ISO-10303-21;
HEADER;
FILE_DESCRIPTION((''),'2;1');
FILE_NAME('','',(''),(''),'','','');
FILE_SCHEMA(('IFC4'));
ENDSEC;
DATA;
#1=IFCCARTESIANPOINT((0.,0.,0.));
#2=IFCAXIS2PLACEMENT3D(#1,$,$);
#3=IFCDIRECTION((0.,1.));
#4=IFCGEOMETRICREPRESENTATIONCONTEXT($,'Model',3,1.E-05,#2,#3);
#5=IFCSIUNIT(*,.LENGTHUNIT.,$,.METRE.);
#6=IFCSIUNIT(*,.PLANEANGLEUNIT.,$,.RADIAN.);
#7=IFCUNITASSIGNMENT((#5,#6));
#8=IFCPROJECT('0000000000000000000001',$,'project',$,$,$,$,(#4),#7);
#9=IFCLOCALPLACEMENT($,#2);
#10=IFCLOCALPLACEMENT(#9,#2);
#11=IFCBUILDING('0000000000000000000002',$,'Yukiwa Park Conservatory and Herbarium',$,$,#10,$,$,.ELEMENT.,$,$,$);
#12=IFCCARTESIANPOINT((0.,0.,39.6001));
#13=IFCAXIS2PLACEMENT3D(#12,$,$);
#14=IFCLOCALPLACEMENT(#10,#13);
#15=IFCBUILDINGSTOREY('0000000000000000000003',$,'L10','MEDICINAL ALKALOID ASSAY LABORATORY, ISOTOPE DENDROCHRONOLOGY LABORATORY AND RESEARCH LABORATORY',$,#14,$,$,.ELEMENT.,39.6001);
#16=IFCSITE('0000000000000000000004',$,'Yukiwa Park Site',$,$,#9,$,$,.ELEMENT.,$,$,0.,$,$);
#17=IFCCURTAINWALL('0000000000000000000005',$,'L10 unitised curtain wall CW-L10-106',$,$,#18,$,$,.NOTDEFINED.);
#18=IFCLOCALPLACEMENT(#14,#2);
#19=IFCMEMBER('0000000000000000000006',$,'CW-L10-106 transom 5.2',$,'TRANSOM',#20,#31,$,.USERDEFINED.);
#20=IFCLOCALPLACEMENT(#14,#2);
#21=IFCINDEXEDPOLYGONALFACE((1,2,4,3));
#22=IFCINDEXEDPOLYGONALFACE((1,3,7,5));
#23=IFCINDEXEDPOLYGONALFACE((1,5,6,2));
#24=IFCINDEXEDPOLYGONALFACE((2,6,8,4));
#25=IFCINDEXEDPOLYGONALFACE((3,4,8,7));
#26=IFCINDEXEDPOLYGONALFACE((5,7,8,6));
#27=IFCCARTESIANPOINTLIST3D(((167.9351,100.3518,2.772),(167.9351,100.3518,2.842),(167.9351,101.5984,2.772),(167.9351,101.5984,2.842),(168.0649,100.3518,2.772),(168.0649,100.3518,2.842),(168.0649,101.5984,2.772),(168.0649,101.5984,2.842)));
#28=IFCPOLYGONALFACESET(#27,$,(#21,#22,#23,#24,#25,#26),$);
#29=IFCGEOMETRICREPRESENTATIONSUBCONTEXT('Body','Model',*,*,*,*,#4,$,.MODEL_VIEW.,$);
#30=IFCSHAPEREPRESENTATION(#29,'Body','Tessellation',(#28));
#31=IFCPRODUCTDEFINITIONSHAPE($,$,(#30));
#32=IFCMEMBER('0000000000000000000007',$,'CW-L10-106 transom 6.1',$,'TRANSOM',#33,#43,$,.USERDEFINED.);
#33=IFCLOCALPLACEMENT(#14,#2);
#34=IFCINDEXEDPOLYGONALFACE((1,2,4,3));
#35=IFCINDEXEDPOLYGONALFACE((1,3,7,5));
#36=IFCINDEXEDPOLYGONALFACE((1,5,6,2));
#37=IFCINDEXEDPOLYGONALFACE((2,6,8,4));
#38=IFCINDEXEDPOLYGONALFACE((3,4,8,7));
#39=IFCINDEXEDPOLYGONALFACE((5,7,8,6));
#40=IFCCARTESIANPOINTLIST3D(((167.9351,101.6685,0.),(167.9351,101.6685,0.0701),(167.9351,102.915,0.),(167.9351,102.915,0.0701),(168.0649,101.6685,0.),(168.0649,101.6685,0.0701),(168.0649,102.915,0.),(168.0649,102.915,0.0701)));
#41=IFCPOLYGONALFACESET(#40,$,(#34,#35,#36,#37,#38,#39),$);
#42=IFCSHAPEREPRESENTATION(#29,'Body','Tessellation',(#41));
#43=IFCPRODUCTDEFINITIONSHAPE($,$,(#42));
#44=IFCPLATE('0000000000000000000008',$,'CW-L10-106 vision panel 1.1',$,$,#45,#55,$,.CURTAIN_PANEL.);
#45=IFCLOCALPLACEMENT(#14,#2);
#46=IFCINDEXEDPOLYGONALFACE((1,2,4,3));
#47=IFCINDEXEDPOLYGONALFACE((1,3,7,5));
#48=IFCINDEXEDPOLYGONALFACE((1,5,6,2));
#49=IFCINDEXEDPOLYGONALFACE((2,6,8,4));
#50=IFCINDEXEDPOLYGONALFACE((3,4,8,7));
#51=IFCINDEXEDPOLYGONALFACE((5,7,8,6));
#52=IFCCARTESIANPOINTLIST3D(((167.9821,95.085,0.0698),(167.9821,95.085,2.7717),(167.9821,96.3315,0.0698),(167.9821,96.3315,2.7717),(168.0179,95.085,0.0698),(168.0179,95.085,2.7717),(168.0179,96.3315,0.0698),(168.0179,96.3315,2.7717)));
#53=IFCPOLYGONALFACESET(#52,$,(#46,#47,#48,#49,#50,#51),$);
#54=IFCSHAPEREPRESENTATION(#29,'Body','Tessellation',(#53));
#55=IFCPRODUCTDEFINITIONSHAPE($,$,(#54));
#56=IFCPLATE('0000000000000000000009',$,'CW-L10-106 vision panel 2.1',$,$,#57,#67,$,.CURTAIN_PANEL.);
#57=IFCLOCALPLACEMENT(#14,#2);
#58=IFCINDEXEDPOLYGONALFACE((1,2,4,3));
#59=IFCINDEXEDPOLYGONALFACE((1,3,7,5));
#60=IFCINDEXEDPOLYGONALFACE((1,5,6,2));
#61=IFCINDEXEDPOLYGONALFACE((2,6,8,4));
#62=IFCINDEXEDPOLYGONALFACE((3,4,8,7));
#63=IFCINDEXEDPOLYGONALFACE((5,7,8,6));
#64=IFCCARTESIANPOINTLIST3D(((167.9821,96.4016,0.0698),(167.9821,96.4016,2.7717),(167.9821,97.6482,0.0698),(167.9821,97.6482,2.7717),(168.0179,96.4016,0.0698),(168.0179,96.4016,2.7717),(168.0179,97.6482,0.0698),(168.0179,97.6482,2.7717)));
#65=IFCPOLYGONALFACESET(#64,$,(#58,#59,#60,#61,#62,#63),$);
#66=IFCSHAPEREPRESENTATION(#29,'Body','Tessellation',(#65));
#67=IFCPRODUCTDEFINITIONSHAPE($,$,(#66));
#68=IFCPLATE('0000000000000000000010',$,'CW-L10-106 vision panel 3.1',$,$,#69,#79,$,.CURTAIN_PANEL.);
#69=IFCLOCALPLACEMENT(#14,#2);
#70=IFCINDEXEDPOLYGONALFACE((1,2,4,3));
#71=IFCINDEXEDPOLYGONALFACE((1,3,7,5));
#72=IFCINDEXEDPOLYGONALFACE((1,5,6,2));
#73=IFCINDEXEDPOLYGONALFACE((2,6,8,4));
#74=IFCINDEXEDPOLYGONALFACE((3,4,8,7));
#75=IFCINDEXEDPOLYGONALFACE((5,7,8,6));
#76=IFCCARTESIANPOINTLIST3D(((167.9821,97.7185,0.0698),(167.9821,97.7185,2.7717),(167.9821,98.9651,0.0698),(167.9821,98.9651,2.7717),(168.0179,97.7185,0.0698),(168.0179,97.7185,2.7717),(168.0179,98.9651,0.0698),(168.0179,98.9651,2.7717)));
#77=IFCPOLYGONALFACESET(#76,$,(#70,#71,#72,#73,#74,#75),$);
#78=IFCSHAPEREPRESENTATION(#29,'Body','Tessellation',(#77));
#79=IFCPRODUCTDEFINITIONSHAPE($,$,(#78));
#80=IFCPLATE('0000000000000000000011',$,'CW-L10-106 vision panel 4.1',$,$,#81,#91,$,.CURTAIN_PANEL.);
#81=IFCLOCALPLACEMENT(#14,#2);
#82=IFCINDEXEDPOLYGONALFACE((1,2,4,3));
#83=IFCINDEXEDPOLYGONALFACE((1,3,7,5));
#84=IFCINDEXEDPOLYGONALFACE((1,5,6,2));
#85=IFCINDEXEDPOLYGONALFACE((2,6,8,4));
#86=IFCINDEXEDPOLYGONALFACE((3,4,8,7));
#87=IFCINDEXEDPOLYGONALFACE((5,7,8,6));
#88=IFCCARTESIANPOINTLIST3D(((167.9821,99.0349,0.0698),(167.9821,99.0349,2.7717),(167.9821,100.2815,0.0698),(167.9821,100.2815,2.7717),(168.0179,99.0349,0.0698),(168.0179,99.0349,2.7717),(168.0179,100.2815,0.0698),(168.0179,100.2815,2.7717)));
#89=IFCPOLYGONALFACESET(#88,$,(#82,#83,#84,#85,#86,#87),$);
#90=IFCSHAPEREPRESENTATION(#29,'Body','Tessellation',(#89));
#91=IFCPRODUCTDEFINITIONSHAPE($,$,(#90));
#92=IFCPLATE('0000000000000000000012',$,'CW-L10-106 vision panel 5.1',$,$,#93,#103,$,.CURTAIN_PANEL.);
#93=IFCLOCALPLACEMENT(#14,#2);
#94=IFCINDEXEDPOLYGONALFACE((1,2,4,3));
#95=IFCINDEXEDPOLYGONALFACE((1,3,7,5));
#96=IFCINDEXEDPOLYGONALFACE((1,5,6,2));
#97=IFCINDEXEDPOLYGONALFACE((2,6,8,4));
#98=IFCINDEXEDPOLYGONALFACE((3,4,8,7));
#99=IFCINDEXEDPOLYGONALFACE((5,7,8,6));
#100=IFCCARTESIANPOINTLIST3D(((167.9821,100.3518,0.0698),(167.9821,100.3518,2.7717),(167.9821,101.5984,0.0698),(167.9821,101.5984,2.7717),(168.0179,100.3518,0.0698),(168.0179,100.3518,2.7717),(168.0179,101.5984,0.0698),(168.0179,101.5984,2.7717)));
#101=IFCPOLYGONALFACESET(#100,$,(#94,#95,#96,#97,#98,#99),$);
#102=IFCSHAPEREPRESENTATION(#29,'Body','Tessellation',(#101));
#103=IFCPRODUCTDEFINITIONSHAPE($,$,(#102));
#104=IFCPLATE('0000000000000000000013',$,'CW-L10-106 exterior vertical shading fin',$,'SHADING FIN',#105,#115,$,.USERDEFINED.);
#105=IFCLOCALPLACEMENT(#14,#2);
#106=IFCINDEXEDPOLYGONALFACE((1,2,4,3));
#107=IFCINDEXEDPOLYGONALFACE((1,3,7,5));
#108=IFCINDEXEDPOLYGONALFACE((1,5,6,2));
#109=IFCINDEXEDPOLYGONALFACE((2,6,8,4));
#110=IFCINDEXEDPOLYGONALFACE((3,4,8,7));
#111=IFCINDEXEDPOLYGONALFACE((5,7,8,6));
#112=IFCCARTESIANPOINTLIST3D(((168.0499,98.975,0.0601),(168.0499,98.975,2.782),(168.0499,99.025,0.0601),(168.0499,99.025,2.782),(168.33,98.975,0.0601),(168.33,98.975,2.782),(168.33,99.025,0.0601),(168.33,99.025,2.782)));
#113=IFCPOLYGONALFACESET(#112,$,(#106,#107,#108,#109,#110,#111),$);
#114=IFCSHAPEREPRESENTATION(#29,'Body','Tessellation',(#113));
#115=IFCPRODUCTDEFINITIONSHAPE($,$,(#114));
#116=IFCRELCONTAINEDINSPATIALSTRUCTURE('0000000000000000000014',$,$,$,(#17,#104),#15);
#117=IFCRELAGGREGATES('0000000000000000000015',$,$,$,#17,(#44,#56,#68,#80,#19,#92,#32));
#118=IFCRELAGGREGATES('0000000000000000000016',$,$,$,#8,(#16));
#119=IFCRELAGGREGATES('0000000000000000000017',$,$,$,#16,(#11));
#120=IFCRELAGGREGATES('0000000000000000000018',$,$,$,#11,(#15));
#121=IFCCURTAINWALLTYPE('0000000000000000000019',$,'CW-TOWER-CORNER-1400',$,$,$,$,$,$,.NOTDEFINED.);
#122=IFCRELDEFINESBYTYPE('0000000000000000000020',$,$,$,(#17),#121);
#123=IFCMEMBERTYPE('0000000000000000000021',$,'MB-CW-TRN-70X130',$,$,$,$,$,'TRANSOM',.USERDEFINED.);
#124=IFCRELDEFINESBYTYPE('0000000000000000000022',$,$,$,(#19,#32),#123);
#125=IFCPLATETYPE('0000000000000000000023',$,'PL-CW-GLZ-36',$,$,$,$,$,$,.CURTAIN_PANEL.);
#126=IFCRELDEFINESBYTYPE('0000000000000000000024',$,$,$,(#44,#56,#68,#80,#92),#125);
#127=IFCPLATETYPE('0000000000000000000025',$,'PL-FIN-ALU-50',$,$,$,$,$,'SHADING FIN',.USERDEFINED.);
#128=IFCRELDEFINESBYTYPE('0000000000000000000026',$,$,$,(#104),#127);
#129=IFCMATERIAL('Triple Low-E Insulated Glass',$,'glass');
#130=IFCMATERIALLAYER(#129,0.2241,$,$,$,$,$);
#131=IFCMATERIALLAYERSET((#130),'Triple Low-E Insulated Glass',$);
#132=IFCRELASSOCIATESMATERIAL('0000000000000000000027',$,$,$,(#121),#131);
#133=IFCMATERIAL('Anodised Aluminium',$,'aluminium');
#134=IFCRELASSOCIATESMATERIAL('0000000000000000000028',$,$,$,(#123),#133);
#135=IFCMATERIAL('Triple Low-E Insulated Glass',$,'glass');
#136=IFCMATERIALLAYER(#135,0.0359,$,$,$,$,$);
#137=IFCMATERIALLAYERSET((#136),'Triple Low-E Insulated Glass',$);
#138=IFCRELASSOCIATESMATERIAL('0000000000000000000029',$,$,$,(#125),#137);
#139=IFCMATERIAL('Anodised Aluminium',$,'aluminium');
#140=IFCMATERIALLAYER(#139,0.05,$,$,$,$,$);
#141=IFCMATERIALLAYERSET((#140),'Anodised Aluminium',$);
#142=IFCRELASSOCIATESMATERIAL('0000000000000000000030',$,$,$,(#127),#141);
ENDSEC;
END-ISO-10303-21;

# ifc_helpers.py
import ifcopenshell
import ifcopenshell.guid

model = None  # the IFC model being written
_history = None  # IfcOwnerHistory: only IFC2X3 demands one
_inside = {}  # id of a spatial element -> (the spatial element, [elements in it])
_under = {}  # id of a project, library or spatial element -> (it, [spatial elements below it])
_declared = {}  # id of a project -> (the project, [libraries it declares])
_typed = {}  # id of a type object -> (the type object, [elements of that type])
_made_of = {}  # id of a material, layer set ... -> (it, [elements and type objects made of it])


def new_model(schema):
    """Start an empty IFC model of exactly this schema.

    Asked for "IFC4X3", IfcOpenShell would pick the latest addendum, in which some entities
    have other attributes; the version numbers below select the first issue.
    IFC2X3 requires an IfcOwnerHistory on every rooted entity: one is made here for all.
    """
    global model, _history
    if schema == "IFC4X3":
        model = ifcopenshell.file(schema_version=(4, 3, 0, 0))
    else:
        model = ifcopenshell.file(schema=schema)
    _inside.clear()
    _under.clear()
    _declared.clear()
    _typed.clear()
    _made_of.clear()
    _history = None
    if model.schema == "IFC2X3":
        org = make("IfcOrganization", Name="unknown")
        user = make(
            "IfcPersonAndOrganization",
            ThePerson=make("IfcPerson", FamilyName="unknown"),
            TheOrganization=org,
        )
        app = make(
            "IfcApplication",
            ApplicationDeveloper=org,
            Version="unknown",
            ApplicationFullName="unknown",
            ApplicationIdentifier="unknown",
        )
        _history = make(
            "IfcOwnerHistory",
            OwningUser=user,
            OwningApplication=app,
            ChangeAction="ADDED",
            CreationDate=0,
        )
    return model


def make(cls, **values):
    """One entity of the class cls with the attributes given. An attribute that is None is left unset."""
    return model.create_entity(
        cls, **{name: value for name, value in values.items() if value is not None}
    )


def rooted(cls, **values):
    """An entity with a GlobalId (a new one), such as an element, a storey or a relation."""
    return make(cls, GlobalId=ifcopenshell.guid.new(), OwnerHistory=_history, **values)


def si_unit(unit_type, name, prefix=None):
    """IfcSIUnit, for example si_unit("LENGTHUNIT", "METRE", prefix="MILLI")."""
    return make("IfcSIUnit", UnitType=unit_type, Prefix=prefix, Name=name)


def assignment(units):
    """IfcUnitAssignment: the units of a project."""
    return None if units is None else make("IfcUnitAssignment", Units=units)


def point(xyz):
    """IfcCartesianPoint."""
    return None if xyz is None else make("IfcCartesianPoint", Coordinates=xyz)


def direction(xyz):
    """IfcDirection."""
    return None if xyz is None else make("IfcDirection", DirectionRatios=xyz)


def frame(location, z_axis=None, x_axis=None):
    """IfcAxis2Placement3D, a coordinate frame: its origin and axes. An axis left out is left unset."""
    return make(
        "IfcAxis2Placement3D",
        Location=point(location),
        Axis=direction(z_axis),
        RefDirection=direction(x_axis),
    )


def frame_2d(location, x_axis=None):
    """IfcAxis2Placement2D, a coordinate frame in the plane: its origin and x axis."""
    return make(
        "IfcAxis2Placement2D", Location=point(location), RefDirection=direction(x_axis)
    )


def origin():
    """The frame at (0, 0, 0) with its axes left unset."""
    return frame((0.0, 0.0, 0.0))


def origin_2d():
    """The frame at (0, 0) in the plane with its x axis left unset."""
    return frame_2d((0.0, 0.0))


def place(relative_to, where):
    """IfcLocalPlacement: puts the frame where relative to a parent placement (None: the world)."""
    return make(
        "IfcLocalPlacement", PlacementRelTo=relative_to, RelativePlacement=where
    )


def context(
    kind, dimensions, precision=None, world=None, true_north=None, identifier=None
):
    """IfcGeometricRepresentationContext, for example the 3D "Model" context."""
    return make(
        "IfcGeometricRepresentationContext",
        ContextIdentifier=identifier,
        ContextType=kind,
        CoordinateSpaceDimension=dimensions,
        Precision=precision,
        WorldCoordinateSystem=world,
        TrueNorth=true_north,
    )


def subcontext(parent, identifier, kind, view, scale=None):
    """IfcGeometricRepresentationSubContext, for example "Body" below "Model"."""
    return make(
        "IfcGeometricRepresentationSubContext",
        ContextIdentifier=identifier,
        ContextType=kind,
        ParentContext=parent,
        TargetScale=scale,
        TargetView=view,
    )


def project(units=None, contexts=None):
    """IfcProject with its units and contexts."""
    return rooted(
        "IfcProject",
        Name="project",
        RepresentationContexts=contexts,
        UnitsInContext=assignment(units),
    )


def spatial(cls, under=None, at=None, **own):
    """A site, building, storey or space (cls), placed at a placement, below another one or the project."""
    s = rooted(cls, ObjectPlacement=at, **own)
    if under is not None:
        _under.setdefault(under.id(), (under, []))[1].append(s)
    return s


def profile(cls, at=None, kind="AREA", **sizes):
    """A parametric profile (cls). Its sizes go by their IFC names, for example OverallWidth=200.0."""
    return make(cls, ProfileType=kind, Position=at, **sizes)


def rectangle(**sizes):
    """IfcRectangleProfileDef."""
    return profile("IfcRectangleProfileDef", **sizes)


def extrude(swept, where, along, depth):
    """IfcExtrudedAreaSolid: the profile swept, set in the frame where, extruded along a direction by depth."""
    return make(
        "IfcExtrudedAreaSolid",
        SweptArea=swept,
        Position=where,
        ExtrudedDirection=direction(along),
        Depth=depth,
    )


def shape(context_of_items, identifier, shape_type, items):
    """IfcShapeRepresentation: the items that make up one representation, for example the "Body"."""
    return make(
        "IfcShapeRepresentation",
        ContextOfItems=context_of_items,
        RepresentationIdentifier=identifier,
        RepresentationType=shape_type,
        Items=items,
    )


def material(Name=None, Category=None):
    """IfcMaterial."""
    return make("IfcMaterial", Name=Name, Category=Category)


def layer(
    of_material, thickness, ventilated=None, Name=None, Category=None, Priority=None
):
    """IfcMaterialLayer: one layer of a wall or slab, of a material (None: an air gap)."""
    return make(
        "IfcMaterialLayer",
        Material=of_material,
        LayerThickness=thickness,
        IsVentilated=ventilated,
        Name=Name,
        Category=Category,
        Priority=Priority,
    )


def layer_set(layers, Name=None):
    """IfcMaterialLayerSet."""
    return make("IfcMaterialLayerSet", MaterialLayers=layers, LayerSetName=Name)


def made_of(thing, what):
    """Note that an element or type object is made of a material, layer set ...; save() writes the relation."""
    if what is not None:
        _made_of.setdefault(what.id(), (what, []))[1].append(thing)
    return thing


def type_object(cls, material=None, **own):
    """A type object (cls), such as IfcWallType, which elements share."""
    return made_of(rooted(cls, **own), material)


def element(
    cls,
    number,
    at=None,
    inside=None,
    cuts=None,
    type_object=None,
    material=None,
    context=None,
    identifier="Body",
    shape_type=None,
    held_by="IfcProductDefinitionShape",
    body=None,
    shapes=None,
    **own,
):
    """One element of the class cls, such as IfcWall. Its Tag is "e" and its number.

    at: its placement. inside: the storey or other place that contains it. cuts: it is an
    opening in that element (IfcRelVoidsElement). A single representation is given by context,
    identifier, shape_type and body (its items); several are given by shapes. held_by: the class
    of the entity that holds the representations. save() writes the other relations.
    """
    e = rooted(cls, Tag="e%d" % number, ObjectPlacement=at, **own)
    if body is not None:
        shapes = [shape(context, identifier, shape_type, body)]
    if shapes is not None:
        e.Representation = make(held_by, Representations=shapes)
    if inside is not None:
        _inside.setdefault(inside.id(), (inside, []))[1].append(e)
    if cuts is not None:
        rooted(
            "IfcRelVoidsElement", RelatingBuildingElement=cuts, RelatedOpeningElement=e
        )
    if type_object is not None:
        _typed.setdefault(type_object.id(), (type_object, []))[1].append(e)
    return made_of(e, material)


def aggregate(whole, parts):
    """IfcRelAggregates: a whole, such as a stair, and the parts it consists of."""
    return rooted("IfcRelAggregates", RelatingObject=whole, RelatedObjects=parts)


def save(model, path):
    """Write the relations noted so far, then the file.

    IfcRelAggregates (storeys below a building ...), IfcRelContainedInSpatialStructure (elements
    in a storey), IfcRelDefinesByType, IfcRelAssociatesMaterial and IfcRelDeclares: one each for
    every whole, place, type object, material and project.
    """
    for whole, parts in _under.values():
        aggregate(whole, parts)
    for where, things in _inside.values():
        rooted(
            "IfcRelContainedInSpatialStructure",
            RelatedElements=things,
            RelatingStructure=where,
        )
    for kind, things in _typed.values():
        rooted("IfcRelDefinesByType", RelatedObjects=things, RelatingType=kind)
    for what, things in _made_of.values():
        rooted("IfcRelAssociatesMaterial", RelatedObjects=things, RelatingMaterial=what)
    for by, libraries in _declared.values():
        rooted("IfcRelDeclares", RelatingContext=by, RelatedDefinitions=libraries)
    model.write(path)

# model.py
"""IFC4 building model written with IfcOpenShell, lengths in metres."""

from ifc_helpers import new_model, si_unit, direction, frame, origin, origin_2d, place, context, subcontext, project, spatial, rectangle, extrude, material, layer, layer_set, type_object, element, aggregate, save


model = new_model("IFC4")

# Units and contexts
model_context = context("Model", 3, precision=1e-05, world=origin(), true_north=direction((0.0, 1.0)))
body_context = subcontext(model_context, "Body", "Model", "MODEL_VIEW")
ifc_project = project(units=[si_unit("LENGTHUNIT", "METRE"), si_unit("PLANEANGLEUNIT", "RADIAN")], contexts=[model_context])

# Site, building, storey
site_placement = place(None, origin())
site = spatial("IfcSite", under=ifc_project, at=site_placement, Name="Yukiwa Park Site", CompositionType="ELEMENT", RefElevation=0.0)
building_placement = place(site_placement, origin())
building = spatial("IfcBuilding", under=site, at=building_placement, Name="Yukiwa Park Conservatory and Herbarium", CompositionType="ELEMENT")
storey_placement = place(building_placement, frame((0.0, 0.0, 39.6001)))
storey = spatial("IfcBuildingStorey", under=building, at=storey_placement, Name="L10", Description="MEDICINAL ALKALOID ASSAY LABORATORY, ISOTOPE DENDROCHRONOLOGY LABORATORY AND RESEARCH LABORATORY", CompositionType="ELEMENT", Elevation=39.6001)

# Curtain wall, members, plates
ifc_material_1 = material(Name="Triple Low-E Insulated Glass", Category="glass")
ifc_layer_1 = layer(ifc_material_1, 0.2241)
ifc_layer_set_1 = layer_set([ifc_layer_1], Name="Triple Low-E Insulated Glass")
curtain_wall_type = type_object("IfcCurtainWallType", Name="CW-TOWER-CORNER-1400", PredefinedType="NOTDEFINED", material=ifc_layer_set_1)
curtain_wall_placement = place(storey_placement, origin())
curtain_wall = element("IfcCurtainWall", 1, at=curtain_wall_placement, inside=storey, type_object=curtain_wall_type, Name="L10 unitised curtain wall CW-L10-106", PredefinedType="NOTDEFINED")
ifc_material_2 = material(Name="Anodised Aluminium", Category="aluminium")
member_type_1 = type_object("IfcMemberType", Name="MB-CW-TRN-70X130", ElementType="TRANSOM", PredefinedType="USERDEFINED", material=ifc_material_2)
member_1_placement = place(storey_placement, frame((168.0, 100.9751, 2.772), z_axis=(0.0, 0.0, 1.0), x_axis=(0.0, 1.0, 0.0)))
member_1 = element("IfcMember", 2, at=member_1_placement, type_object=member_type_1, Name="CW-L10-106 transom 5.2", ObjectType="TRANSOM", PredefinedType="USERDEFINED", context=body_context, shape_type="SweptSolid", body=[
    extrude(rectangle(XDim=1.2466, YDim=0.1299, at=origin_2d()), origin(), (0.0, 0.0, 1.0), 0.0701),
])
member_2_placement = place(storey_placement, frame((168.0, 102.2917, 0.0), z_axis=(0.0, 0.0, 1.0), x_axis=(0.0, 1.0, 0.0)))
member_2 = element("IfcMember", 3, at=member_2_placement, type_object=member_type_1, Name="CW-L10-106 transom 6.1", ObjectType="TRANSOM", PredefinedType="USERDEFINED", context=body_context, shape_type="SweptSolid", body=[
    extrude(rectangle(XDim=1.2466, YDim=0.1299, at=origin_2d()), origin(), (0.0, 0.0, 1.0), 0.0701),
])
ifc_material_3 = material(Name="Triple Low-E Insulated Glass", Category="glass")
ifc_layer_2 = layer(ifc_material_3, 0.0359)
ifc_layer_set_2 = layer_set([ifc_layer_2], Name="Triple Low-E Insulated Glass")
plate_type_1 = type_object("IfcPlateType", Name="PL-CW-GLZ-36", PredefinedType="CURTAIN_PANEL", material=ifc_layer_set_2)
plate_1_placement = place(storey_placement, frame((168.0, 95.7083, 0.0698), z_axis=(0.0, 0.0, 1.0), x_axis=(0.0, 1.0, 0.0)))
plate_1 = element("IfcPlate", 4, at=plate_1_placement, type_object=plate_type_1, Name="CW-L10-106 vision panel 1.1", PredefinedType="CURTAIN_PANEL", context=body_context, shape_type="SweptSolid", body=[
    extrude(rectangle(XDim=1.2466, YDim=0.0359, at=origin_2d()), origin(), (0.0, 0.0, 1.0), 2.7019),
])
plate_2_placement = place(storey_placement, frame((168.0, 97.0249, 0.0698), z_axis=(0.0, 0.0, 1.0), x_axis=(0.0, 1.0, 0.0)))
plate_2 = element("IfcPlate", 5, at=plate_2_placement, type_object=plate_type_1, Name="CW-L10-106 vision panel 2.1", PredefinedType="CURTAIN_PANEL", context=body_context, shape_type="SweptSolid", body=[
    extrude(rectangle(XDim=1.2466, YDim=0.0359, at=origin_2d()), origin(), (0.0, 0.0, 1.0), 2.7019),
])
plate_3_placement = place(storey_placement, frame((168.0, 98.3418, 0.0698), z_axis=(0.0, 0.0, 1.0), x_axis=(0.0, 1.0, 0.0)))
plate_3 = element("IfcPlate", 6, at=plate_3_placement, type_object=plate_type_1, Name="CW-L10-106 vision panel 3.1", PredefinedType="CURTAIN_PANEL", context=body_context, shape_type="SweptSolid", body=[
    extrude(rectangle(XDim=1.2466, YDim=0.0359, at=origin_2d()), origin(), (0.0, 0.0, 1.0), 2.7019),
])
plate_4_placement = place(storey_placement, frame((168.0, 99.6582, 0.0698), z_axis=(0.0, 0.0, 1.0), x_axis=(0.0, 1.0, 0.0)))
plate_4 = element("IfcPlate", 7, at=plate_4_placement, type_object=plate_type_1, Name="CW-L10-106 vision panel 4.1", PredefinedType="CURTAIN_PANEL", context=body_context, shape_type="SweptSolid", body=[
    extrude(rectangle(XDim=1.2466, YDim=0.0359, at=origin_2d()), origin(), (0.0, 0.0, 1.0), 2.7019),
])
plate_5_placement = place(storey_placement, frame((168.0, 100.9751, 0.0698), z_axis=(0.0, 0.0, 1.0), x_axis=(0.0, 1.0, 0.0)))
plate_5 = element("IfcPlate", 8, at=plate_5_placement, type_object=plate_type_1, Name="CW-L10-106 vision panel 5.1", PredefinedType="CURTAIN_PANEL", context=body_context, shape_type="SweptSolid", body=[
    extrude(rectangle(XDim=1.2466, YDim=0.0359, at=origin_2d()), origin(), (0.0, 0.0, 1.0), 2.7019),
])
aggregate(curtain_wall, [plate_1, plate_2, plate_3, plate_4, member_1, plate_5, member_2])

# Plate
ifc_material_4 = material(Name="Anodised Aluminium", Category="aluminium")
ifc_layer_3 = layer(ifc_material_4, 0.05)
ifc_layer_set_3 = layer_set([ifc_layer_3], Name="Anodised Aluminium")
plate_type_2 = type_object("IfcPlateType", Name="PL-FIN-ALU-50", ElementType="SHADING FIN", PredefinedType="USERDEFINED", material=ifc_layer_set_3)
plate_6_placement = place(storey_placement, frame((168.1899, 99.0, 0.0601), z_axis=(0.0, 0.0, 1.0), x_axis=(0.0, 1.0, 0.0)))
element("IfcPlate", 9, at=plate_6_placement, inside=storey, type_object=plate_type_2, Name="CW-L10-106 exterior vertical shading fin", ObjectType="SHADING FIN", PredefinedType="USERDEFINED", context=body_context, shape_type="SweptSolid", body=[
    extrude(rectangle(XDim=0.05, YDim=0.28, at=origin_2d()), origin(), (0.0, 0.0, 1.0), 2.7219),
])

save(model, "model.ifc")
